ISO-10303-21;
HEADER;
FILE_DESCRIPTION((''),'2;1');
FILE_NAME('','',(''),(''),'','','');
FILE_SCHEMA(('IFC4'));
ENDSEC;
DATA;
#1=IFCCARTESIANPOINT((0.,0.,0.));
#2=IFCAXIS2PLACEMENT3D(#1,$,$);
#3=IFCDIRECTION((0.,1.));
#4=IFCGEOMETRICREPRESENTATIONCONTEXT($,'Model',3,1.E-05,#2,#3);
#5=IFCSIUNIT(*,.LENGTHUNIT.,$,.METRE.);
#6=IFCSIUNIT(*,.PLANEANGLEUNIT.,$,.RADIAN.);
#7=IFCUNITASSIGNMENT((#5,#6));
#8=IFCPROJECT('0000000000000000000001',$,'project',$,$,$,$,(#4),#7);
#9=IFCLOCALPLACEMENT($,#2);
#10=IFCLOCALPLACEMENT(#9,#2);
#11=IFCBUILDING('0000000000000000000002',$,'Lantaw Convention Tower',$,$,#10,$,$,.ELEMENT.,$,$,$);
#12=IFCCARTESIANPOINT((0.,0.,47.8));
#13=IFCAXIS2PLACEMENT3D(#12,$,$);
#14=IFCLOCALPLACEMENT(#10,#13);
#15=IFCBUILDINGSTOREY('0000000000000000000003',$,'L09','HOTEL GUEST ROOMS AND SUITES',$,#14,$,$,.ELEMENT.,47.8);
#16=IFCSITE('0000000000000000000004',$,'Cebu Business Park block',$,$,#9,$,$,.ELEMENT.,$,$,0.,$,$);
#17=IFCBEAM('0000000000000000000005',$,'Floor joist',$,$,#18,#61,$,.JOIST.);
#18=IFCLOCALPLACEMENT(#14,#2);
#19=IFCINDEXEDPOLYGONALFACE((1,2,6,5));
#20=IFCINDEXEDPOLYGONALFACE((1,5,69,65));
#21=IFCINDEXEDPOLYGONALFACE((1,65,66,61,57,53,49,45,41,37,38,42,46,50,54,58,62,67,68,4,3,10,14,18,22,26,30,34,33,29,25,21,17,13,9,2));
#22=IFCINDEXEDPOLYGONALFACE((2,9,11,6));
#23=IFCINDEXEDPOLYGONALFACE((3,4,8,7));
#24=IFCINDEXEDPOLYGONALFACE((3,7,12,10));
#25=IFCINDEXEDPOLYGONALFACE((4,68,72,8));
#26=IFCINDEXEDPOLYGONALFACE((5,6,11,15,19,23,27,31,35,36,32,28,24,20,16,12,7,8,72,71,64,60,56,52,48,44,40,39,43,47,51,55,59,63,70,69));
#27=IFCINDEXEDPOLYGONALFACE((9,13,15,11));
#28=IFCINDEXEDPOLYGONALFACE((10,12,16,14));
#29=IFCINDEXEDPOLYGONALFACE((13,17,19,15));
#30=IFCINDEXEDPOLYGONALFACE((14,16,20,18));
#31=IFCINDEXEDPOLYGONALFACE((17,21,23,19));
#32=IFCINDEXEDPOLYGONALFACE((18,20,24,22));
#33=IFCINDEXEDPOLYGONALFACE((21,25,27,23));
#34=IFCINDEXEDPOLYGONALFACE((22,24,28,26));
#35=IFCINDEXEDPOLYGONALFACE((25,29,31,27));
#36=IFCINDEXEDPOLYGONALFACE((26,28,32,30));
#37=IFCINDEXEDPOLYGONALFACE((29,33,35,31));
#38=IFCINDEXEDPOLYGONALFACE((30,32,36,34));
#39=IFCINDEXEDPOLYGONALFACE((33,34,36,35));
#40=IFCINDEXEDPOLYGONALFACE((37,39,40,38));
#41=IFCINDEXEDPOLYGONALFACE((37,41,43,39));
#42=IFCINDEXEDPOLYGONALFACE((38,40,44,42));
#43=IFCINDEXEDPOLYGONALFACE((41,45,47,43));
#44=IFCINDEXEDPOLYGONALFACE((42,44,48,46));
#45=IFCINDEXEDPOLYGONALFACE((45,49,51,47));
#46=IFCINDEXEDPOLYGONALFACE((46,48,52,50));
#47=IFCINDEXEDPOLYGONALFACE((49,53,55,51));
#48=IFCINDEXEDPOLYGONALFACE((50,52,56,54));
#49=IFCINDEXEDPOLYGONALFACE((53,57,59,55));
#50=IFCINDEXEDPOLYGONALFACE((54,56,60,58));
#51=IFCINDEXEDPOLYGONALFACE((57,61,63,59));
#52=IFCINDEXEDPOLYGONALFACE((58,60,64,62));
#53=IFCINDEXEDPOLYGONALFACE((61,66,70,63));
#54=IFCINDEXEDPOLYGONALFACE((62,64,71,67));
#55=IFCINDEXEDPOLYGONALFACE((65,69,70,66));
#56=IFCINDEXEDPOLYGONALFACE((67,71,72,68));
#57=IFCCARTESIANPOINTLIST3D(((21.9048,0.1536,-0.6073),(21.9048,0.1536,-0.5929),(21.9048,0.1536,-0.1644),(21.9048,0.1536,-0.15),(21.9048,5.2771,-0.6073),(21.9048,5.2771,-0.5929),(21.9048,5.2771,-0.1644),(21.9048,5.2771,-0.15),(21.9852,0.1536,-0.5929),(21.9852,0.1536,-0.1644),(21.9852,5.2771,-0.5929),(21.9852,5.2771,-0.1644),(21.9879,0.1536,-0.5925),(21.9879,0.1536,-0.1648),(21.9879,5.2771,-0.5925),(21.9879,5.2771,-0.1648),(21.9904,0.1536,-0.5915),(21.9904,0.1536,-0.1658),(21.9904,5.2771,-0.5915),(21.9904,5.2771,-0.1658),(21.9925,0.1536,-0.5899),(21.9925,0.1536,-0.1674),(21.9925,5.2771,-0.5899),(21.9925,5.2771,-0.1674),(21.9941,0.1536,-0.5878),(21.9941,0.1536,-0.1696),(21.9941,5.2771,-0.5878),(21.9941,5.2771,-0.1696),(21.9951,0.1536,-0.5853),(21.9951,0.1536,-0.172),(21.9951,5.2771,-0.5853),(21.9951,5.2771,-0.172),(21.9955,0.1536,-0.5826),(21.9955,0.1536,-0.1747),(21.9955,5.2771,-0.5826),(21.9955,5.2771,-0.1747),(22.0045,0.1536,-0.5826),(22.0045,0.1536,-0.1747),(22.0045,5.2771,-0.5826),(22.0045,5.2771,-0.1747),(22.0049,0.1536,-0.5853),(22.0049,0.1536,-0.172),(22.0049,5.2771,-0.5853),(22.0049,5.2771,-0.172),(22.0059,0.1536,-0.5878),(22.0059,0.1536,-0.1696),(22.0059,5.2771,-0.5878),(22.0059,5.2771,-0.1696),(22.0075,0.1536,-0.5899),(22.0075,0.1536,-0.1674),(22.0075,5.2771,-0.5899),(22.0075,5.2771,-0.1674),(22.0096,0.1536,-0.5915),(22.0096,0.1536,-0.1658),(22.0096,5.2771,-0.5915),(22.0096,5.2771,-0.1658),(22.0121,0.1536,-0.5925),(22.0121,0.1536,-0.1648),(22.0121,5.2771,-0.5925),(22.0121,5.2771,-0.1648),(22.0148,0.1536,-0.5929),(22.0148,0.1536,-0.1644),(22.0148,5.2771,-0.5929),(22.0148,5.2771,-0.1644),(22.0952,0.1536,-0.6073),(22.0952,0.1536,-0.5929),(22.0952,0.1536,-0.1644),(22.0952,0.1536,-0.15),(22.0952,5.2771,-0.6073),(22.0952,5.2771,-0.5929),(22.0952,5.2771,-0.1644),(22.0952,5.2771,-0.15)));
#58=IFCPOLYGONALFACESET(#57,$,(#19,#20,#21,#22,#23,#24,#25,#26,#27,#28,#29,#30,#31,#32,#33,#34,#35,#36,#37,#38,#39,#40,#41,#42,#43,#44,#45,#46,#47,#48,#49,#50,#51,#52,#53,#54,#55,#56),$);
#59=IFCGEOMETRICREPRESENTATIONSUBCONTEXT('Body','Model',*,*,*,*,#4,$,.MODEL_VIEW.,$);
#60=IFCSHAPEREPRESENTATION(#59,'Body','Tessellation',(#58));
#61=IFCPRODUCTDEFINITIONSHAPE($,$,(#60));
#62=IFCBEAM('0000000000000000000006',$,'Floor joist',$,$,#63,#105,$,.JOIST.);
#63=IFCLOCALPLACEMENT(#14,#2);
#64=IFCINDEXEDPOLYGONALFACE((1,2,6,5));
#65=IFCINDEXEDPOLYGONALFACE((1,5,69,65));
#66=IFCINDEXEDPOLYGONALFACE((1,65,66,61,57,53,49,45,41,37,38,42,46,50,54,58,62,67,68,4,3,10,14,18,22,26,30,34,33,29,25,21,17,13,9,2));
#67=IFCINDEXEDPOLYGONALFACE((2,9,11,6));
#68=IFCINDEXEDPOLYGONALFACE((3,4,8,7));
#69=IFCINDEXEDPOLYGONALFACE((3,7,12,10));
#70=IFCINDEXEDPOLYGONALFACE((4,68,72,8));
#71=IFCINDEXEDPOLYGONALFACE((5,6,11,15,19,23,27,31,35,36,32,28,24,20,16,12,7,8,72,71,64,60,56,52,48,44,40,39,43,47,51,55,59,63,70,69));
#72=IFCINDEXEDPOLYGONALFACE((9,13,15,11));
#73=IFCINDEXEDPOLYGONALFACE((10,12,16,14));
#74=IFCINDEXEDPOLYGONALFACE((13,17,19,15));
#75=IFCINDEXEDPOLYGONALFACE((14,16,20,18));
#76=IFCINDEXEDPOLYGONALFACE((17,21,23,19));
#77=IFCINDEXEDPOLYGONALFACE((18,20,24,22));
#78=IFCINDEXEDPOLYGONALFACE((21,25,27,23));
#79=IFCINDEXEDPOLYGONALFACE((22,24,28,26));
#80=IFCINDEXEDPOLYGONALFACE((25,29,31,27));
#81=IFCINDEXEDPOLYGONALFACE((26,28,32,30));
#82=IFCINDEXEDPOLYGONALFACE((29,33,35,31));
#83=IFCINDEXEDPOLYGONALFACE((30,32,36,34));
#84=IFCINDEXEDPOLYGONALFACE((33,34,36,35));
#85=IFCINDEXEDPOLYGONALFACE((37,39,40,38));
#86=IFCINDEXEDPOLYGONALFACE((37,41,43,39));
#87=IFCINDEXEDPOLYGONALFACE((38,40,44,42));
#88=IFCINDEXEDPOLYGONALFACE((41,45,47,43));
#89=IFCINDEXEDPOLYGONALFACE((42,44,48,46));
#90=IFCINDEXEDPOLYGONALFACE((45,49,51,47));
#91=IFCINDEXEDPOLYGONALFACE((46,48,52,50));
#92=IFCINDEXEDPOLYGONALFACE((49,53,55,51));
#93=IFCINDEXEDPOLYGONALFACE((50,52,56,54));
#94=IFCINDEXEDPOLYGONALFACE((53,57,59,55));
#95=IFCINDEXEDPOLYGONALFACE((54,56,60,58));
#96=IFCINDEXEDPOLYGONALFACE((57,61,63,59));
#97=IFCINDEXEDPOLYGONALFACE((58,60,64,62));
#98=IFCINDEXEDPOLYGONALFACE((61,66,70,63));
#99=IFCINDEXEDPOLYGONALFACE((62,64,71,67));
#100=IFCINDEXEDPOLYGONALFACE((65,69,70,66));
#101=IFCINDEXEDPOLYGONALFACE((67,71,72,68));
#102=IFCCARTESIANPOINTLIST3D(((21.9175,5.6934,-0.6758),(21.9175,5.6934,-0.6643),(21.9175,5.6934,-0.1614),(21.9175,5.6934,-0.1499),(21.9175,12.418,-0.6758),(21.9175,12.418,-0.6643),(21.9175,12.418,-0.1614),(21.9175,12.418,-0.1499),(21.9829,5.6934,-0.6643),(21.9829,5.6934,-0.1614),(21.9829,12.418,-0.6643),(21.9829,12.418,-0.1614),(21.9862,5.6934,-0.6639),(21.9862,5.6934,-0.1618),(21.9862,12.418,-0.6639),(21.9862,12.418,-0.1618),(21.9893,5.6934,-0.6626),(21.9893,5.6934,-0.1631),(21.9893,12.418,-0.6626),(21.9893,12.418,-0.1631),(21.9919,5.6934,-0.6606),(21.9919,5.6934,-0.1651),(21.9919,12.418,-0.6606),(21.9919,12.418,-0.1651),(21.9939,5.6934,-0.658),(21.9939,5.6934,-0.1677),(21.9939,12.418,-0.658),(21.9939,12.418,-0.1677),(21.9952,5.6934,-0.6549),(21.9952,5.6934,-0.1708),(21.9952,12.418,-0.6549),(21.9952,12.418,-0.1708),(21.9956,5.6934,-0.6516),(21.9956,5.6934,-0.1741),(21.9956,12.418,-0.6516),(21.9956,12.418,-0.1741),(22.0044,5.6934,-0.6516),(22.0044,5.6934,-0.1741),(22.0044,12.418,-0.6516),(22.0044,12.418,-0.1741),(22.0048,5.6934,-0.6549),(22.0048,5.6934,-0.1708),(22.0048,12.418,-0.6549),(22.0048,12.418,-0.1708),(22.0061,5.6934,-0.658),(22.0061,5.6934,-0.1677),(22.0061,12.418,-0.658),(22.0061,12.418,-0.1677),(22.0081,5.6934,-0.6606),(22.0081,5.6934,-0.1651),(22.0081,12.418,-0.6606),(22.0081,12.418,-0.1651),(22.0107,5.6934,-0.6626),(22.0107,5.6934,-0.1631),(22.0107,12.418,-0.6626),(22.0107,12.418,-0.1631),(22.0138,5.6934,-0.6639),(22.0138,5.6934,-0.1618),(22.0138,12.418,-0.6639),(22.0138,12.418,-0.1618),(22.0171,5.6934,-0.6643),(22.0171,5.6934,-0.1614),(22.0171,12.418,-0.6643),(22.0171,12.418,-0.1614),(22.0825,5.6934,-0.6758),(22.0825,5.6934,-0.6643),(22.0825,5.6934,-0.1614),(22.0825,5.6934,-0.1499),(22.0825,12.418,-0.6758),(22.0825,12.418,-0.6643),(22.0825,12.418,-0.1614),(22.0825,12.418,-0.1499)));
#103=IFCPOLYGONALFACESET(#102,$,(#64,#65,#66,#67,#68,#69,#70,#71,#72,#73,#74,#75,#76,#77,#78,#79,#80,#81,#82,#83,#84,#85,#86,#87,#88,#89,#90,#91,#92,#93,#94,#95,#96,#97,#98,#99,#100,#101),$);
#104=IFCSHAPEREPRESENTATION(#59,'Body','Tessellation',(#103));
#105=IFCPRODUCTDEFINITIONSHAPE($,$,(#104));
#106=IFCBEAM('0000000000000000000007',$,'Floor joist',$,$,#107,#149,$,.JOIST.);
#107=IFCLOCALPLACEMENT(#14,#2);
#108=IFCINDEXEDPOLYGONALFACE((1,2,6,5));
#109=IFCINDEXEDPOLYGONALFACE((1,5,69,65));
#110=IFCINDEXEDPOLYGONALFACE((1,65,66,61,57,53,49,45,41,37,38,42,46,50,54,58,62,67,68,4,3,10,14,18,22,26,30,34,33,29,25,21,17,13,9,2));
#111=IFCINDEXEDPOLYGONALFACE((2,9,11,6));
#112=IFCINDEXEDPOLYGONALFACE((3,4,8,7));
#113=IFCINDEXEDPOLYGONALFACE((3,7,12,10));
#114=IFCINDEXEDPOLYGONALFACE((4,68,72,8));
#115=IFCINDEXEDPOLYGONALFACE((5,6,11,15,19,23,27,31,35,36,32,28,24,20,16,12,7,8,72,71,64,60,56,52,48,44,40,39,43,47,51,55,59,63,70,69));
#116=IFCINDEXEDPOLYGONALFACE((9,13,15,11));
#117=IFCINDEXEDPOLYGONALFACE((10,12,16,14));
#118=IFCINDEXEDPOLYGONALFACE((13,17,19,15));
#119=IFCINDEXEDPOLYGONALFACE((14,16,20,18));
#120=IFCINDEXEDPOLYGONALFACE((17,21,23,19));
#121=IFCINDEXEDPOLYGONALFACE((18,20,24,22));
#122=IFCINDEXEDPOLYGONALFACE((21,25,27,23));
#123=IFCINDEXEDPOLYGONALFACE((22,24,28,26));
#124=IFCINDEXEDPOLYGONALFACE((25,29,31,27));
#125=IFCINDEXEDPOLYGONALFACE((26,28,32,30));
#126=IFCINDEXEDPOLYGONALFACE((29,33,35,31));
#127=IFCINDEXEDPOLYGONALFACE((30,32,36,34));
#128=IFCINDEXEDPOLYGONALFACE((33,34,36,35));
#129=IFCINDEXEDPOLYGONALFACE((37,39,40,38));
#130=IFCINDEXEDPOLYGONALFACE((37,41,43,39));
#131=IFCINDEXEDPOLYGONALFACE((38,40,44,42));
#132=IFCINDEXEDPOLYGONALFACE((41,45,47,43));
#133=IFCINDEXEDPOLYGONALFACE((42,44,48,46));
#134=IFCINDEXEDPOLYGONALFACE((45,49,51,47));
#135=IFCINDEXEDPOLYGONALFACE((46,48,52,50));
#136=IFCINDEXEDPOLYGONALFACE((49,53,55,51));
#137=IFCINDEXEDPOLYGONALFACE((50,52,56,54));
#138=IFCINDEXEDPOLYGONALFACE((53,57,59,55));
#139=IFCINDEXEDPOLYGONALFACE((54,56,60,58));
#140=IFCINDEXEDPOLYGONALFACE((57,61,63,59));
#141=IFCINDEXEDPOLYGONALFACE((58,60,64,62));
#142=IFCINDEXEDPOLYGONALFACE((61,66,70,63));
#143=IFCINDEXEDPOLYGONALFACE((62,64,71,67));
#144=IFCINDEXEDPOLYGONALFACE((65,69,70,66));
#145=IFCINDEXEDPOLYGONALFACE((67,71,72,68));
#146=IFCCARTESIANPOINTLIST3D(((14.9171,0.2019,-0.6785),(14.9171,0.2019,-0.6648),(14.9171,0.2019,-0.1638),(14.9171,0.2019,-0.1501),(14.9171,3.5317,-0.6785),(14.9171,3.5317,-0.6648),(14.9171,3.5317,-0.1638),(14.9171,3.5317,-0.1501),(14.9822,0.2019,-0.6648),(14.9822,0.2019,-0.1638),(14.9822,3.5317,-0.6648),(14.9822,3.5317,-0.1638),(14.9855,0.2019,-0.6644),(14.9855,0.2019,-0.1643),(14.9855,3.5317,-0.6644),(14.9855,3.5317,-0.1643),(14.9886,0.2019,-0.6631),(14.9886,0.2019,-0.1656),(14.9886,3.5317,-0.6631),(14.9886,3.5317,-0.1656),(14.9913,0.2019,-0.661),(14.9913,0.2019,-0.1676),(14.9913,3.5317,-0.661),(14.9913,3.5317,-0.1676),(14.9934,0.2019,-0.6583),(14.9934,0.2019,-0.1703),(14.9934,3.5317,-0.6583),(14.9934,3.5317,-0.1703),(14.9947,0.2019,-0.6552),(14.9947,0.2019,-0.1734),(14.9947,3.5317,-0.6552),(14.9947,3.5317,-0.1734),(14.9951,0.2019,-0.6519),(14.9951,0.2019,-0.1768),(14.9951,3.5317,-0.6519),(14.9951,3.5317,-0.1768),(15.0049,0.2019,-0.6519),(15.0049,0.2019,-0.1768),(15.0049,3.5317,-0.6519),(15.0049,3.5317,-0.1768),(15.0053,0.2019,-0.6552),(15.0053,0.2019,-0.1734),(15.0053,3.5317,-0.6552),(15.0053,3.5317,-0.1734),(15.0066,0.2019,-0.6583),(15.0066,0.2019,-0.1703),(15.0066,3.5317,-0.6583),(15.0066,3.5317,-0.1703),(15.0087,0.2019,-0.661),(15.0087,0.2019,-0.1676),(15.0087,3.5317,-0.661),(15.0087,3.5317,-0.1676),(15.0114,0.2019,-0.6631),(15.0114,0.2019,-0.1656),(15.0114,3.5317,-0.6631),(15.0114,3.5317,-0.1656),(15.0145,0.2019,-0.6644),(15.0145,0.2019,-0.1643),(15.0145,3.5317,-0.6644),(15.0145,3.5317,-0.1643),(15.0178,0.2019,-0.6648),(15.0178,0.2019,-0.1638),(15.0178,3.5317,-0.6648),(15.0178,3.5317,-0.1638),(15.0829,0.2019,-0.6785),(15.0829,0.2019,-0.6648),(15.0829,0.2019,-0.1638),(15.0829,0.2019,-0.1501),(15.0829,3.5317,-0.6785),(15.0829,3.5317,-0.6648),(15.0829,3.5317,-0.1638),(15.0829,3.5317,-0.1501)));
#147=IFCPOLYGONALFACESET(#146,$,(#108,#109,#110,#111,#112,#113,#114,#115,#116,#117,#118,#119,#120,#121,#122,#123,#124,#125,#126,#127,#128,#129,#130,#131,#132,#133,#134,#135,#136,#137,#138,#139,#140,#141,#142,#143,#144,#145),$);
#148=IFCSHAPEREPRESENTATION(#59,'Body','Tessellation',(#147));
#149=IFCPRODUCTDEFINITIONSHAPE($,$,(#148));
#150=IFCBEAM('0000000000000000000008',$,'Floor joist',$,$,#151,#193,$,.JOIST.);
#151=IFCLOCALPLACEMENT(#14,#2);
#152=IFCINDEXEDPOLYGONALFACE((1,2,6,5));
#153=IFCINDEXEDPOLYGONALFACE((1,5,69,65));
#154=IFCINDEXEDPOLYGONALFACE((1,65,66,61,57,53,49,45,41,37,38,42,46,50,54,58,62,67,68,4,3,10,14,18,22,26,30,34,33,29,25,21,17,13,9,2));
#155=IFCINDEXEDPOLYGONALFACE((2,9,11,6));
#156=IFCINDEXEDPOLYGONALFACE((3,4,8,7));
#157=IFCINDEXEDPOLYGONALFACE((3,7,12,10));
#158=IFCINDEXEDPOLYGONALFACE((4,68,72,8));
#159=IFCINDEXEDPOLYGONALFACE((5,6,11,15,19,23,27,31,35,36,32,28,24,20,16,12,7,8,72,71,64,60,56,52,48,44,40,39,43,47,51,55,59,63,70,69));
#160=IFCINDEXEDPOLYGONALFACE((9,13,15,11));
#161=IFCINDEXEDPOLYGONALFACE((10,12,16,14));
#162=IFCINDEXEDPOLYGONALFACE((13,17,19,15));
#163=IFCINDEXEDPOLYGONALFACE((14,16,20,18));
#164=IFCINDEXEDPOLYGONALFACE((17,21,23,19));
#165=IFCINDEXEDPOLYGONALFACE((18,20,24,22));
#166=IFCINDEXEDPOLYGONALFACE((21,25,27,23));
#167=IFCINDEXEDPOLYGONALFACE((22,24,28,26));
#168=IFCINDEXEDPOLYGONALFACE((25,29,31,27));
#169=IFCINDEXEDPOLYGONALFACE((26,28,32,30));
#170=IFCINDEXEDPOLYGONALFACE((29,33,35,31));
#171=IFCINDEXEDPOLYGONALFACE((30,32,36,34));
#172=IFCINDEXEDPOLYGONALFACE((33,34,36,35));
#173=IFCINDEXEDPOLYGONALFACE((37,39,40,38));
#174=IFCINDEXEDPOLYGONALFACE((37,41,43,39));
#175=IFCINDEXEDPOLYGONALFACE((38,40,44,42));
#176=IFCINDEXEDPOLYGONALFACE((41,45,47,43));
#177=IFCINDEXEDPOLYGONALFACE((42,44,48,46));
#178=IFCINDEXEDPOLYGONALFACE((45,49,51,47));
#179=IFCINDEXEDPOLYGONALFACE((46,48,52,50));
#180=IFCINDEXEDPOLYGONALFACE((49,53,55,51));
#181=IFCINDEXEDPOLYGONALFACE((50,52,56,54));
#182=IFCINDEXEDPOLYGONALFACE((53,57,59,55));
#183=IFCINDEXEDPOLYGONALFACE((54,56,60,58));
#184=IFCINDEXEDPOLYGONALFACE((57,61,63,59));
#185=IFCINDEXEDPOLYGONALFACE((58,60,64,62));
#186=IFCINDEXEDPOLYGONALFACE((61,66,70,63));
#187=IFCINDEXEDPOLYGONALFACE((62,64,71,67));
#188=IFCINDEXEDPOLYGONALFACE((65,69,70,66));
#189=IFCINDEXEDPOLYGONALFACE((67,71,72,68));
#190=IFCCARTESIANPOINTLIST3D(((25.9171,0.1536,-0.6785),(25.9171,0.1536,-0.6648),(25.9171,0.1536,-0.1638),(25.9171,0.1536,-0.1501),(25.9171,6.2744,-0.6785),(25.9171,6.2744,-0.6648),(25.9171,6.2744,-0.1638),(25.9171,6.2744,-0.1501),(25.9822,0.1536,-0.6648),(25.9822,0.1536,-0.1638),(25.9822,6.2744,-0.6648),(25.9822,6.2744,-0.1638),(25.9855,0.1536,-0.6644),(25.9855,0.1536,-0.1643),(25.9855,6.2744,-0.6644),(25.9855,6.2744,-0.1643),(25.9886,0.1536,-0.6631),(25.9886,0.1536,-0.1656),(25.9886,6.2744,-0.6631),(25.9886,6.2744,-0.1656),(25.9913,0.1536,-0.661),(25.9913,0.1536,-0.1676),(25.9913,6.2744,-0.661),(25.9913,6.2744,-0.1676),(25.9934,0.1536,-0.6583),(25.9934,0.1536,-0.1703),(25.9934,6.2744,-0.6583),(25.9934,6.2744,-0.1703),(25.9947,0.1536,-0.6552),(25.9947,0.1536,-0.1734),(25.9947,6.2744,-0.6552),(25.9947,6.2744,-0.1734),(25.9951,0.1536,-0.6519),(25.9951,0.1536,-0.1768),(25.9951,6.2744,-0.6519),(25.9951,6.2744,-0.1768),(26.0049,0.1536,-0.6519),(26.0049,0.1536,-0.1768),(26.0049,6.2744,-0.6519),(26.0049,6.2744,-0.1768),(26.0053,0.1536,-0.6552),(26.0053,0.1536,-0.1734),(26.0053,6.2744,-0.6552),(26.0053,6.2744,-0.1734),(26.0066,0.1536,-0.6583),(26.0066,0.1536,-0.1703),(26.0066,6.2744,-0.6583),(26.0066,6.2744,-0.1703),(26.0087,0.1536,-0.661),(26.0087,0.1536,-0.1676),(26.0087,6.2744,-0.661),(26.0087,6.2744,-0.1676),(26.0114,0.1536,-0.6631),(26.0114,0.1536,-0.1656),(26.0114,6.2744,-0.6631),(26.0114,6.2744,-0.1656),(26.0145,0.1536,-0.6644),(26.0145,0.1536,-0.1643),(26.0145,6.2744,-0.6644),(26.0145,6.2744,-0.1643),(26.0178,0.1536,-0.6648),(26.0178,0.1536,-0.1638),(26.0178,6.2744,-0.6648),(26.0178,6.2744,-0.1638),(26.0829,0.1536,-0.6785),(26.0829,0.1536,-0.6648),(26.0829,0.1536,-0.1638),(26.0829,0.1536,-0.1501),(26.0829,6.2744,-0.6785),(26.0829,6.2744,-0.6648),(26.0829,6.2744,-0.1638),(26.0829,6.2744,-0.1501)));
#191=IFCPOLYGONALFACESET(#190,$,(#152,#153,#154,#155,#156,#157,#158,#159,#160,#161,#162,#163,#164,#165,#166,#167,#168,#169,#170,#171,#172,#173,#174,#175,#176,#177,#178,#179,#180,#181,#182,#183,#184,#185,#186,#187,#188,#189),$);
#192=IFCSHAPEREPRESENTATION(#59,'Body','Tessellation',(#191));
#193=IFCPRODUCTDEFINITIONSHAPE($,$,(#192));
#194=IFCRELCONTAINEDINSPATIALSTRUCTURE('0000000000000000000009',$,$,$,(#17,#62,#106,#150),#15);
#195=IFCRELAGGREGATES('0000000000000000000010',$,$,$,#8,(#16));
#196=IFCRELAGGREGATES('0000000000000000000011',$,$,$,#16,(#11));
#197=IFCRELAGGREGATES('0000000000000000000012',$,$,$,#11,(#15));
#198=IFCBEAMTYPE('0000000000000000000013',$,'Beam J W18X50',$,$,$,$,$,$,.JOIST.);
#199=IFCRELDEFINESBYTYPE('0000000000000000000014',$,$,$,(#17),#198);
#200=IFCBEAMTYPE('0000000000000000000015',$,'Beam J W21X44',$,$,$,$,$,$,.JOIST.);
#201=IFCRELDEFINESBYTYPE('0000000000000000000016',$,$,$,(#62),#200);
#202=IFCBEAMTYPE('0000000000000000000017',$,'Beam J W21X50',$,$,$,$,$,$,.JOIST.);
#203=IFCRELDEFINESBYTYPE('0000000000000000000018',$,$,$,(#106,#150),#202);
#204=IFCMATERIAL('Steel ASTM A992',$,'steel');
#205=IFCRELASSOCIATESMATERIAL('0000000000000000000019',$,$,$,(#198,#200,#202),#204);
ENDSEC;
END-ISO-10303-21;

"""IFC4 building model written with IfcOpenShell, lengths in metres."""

from ifc_helpers import new_model, si_unit, direction, frame, origin, origin_2d, place, context, subcontext, project, spatial, i_section, extrude, material, material_profile, profile_set, type_object, element, save


model = new_model("IFC4")

# Units and contexts
model_context = context("Model", 3, precision=1e-05, world=origin(), true_north=direction((0.0, 1.0)))
body_context = subcontext(model_context, "Body", "Model", "MODEL_VIEW")
ifc_project = project(units=[si_unit("LENGTHUNIT", "METRE"), si_unit("PLANEANGLEUNIT", "RADIAN")], contexts=[model_context])

# Site, building, storey
site_placement = place(None, origin())
site = spatial("IfcSite", under=ifc_project, at=site_placement, Name="Cebu Business Park block", CompositionType="ELEMENT", RefElevation=0.0)
building_placement = place(site_placement, origin())
building = spatial("IfcBuilding", under=site, at=building_placement, Name="Lantaw Convention Tower", CompositionType="ELEMENT")
storey_placement = place(building_placement, frame((0.0, 0.0, 47.8)))
storey = spatial("IfcBuildingStorey", under=building, at=storey_placement, Name="L09", Description="HOTEL GUEST ROOMS AND SUITES", CompositionType="ELEMENT", Elevation=47.8)

# Beams
ifc_material_1 = material(Name="Steel ASTM A992", Category="steel")
ifc_material_profile_1 = material_profile(ifc_material_1, i_section(OverallWidth=0.1904, OverallDepth=0.4573, WebThickness=0.009, FlangeThickness=0.0144, FilletRadius=0.0103, at=origin_2d()), Name="W18X50")
ifc_profile_set_1 = profile_set([ifc_material_profile_1], Name="Steel ASTM A992")
beam_type_1 = type_object("IfcBeamType", Name="Beam J W18X50", PredefinedType="JOIST", material=ifc_profile_set_1)
beam_1_placement = place(storey_placement, frame((22.0, 0.1536, -0.3787), z_axis=(0.0, 1.0, 0.0), x_axis=(-1.0, 0.0, 0.0)))
element("IfcBeam", 1, at=beam_1_placement, inside=storey, type_object=beam_type_1, Name="Floor joist", PredefinedType="JOIST", context=body_context, shape_type="SweptSolid", body=[
    extrude(i_section(OverallWidth=0.1904, OverallDepth=0.4573, WebThickness=0.009, FlangeThickness=0.0144, FilletRadius=0.0103, at=origin_2d()), origin(), (0.0, 0.0, 1.0), 5.1235),
])
ifc_material_profile_2 = material_profile(ifc_material_1, i_section(OverallWidth=0.165, OverallDepth=0.5259, WebThickness=0.0088, FlangeThickness=0.0115, FilletRadius=0.0127, at=origin_2d()), Name="W21X44")
ifc_profile_set_2 = profile_set([ifc_material_profile_2], Name="Steel ASTM A992")
beam_type_2 = type_object("IfcBeamType", Name="Beam J W21X44", PredefinedType="JOIST", material=ifc_profile_set_2)
beam_2_placement = place(storey_placement, frame((22.0, 5.6934, -0.4128), z_axis=(0.0, 1.0, 0.0), x_axis=(-1.0, 0.0, 0.0)))
element("IfcBeam", 2, at=beam_2_placement, inside=storey, type_object=beam_type_2, Name="Floor joist", PredefinedType="JOIST", context=body_context, shape_type="SweptSolid", body=[
    extrude(i_section(OverallWidth=0.165, OverallDepth=0.5259, WebThickness=0.0088, FlangeThickness=0.0115, FilletRadius=0.0127, at=origin_2d()), origin(), (0.0, 0.0, 1.0), 6.7246),
])
ifc_material_profile_3 = material_profile(ifc_material_1, i_section(OverallWidth=0.1658, OverallDepth=0.5283, WebThickness=0.0098, FlangeThickness=0.0137, FilletRadius=0.0129, at=origin_2d()), Name="W21X50")
ifc_profile_set_3 = profile_set([ifc_material_profile_3], Name="Steel ASTM A992")
beam_type_3 = type_object("IfcBeamType", Name="Beam J W21X50", PredefinedType="JOIST", material=ifc_profile_set_3)
beam_3_placement = place(storey_placement, frame((15.0, 0.2019, -0.4143), z_axis=(0.0, 1.0, 0.0), x_axis=(-1.0, 0.0, 0.0)))
element("IfcBeam", 3, at=beam_3_placement, inside=storey, type_object=beam_type_3, Name="Floor joist", PredefinedType="JOIST", context=body_context, shape_type="SweptSolid", body=[
    extrude(i_section(OverallWidth=0.1658, OverallDepth=0.5283, WebThickness=0.0098, FlangeThickness=0.0137, FilletRadius=0.0129, at=origin_2d()), origin(), (0.0, 0.0, 1.0), 3.3298),
])
beam_4_placement = place(storey_placement, frame((26.0, 0.1536, -0.4143), z_axis=(0.0, 1.0, 0.0), x_axis=(-1.0, 0.0, 0.0)))
element("IfcBeam", 4, at=beam_4_placement, inside=storey, type_object=beam_type_3, Name="Floor joist", PredefinedType="JOIST", context=body_context, shape_type="SweptSolid", body=[
    extrude(i_section(OverallWidth=0.1658, OverallDepth=0.5283, WebThickness=0.0098, FlangeThickness=0.0137, FilletRadius=0.0129, at=origin_2d()), origin(), (0.0, 0.0, 1.0), 6.1208),
])

save(model, "model.ifc")
